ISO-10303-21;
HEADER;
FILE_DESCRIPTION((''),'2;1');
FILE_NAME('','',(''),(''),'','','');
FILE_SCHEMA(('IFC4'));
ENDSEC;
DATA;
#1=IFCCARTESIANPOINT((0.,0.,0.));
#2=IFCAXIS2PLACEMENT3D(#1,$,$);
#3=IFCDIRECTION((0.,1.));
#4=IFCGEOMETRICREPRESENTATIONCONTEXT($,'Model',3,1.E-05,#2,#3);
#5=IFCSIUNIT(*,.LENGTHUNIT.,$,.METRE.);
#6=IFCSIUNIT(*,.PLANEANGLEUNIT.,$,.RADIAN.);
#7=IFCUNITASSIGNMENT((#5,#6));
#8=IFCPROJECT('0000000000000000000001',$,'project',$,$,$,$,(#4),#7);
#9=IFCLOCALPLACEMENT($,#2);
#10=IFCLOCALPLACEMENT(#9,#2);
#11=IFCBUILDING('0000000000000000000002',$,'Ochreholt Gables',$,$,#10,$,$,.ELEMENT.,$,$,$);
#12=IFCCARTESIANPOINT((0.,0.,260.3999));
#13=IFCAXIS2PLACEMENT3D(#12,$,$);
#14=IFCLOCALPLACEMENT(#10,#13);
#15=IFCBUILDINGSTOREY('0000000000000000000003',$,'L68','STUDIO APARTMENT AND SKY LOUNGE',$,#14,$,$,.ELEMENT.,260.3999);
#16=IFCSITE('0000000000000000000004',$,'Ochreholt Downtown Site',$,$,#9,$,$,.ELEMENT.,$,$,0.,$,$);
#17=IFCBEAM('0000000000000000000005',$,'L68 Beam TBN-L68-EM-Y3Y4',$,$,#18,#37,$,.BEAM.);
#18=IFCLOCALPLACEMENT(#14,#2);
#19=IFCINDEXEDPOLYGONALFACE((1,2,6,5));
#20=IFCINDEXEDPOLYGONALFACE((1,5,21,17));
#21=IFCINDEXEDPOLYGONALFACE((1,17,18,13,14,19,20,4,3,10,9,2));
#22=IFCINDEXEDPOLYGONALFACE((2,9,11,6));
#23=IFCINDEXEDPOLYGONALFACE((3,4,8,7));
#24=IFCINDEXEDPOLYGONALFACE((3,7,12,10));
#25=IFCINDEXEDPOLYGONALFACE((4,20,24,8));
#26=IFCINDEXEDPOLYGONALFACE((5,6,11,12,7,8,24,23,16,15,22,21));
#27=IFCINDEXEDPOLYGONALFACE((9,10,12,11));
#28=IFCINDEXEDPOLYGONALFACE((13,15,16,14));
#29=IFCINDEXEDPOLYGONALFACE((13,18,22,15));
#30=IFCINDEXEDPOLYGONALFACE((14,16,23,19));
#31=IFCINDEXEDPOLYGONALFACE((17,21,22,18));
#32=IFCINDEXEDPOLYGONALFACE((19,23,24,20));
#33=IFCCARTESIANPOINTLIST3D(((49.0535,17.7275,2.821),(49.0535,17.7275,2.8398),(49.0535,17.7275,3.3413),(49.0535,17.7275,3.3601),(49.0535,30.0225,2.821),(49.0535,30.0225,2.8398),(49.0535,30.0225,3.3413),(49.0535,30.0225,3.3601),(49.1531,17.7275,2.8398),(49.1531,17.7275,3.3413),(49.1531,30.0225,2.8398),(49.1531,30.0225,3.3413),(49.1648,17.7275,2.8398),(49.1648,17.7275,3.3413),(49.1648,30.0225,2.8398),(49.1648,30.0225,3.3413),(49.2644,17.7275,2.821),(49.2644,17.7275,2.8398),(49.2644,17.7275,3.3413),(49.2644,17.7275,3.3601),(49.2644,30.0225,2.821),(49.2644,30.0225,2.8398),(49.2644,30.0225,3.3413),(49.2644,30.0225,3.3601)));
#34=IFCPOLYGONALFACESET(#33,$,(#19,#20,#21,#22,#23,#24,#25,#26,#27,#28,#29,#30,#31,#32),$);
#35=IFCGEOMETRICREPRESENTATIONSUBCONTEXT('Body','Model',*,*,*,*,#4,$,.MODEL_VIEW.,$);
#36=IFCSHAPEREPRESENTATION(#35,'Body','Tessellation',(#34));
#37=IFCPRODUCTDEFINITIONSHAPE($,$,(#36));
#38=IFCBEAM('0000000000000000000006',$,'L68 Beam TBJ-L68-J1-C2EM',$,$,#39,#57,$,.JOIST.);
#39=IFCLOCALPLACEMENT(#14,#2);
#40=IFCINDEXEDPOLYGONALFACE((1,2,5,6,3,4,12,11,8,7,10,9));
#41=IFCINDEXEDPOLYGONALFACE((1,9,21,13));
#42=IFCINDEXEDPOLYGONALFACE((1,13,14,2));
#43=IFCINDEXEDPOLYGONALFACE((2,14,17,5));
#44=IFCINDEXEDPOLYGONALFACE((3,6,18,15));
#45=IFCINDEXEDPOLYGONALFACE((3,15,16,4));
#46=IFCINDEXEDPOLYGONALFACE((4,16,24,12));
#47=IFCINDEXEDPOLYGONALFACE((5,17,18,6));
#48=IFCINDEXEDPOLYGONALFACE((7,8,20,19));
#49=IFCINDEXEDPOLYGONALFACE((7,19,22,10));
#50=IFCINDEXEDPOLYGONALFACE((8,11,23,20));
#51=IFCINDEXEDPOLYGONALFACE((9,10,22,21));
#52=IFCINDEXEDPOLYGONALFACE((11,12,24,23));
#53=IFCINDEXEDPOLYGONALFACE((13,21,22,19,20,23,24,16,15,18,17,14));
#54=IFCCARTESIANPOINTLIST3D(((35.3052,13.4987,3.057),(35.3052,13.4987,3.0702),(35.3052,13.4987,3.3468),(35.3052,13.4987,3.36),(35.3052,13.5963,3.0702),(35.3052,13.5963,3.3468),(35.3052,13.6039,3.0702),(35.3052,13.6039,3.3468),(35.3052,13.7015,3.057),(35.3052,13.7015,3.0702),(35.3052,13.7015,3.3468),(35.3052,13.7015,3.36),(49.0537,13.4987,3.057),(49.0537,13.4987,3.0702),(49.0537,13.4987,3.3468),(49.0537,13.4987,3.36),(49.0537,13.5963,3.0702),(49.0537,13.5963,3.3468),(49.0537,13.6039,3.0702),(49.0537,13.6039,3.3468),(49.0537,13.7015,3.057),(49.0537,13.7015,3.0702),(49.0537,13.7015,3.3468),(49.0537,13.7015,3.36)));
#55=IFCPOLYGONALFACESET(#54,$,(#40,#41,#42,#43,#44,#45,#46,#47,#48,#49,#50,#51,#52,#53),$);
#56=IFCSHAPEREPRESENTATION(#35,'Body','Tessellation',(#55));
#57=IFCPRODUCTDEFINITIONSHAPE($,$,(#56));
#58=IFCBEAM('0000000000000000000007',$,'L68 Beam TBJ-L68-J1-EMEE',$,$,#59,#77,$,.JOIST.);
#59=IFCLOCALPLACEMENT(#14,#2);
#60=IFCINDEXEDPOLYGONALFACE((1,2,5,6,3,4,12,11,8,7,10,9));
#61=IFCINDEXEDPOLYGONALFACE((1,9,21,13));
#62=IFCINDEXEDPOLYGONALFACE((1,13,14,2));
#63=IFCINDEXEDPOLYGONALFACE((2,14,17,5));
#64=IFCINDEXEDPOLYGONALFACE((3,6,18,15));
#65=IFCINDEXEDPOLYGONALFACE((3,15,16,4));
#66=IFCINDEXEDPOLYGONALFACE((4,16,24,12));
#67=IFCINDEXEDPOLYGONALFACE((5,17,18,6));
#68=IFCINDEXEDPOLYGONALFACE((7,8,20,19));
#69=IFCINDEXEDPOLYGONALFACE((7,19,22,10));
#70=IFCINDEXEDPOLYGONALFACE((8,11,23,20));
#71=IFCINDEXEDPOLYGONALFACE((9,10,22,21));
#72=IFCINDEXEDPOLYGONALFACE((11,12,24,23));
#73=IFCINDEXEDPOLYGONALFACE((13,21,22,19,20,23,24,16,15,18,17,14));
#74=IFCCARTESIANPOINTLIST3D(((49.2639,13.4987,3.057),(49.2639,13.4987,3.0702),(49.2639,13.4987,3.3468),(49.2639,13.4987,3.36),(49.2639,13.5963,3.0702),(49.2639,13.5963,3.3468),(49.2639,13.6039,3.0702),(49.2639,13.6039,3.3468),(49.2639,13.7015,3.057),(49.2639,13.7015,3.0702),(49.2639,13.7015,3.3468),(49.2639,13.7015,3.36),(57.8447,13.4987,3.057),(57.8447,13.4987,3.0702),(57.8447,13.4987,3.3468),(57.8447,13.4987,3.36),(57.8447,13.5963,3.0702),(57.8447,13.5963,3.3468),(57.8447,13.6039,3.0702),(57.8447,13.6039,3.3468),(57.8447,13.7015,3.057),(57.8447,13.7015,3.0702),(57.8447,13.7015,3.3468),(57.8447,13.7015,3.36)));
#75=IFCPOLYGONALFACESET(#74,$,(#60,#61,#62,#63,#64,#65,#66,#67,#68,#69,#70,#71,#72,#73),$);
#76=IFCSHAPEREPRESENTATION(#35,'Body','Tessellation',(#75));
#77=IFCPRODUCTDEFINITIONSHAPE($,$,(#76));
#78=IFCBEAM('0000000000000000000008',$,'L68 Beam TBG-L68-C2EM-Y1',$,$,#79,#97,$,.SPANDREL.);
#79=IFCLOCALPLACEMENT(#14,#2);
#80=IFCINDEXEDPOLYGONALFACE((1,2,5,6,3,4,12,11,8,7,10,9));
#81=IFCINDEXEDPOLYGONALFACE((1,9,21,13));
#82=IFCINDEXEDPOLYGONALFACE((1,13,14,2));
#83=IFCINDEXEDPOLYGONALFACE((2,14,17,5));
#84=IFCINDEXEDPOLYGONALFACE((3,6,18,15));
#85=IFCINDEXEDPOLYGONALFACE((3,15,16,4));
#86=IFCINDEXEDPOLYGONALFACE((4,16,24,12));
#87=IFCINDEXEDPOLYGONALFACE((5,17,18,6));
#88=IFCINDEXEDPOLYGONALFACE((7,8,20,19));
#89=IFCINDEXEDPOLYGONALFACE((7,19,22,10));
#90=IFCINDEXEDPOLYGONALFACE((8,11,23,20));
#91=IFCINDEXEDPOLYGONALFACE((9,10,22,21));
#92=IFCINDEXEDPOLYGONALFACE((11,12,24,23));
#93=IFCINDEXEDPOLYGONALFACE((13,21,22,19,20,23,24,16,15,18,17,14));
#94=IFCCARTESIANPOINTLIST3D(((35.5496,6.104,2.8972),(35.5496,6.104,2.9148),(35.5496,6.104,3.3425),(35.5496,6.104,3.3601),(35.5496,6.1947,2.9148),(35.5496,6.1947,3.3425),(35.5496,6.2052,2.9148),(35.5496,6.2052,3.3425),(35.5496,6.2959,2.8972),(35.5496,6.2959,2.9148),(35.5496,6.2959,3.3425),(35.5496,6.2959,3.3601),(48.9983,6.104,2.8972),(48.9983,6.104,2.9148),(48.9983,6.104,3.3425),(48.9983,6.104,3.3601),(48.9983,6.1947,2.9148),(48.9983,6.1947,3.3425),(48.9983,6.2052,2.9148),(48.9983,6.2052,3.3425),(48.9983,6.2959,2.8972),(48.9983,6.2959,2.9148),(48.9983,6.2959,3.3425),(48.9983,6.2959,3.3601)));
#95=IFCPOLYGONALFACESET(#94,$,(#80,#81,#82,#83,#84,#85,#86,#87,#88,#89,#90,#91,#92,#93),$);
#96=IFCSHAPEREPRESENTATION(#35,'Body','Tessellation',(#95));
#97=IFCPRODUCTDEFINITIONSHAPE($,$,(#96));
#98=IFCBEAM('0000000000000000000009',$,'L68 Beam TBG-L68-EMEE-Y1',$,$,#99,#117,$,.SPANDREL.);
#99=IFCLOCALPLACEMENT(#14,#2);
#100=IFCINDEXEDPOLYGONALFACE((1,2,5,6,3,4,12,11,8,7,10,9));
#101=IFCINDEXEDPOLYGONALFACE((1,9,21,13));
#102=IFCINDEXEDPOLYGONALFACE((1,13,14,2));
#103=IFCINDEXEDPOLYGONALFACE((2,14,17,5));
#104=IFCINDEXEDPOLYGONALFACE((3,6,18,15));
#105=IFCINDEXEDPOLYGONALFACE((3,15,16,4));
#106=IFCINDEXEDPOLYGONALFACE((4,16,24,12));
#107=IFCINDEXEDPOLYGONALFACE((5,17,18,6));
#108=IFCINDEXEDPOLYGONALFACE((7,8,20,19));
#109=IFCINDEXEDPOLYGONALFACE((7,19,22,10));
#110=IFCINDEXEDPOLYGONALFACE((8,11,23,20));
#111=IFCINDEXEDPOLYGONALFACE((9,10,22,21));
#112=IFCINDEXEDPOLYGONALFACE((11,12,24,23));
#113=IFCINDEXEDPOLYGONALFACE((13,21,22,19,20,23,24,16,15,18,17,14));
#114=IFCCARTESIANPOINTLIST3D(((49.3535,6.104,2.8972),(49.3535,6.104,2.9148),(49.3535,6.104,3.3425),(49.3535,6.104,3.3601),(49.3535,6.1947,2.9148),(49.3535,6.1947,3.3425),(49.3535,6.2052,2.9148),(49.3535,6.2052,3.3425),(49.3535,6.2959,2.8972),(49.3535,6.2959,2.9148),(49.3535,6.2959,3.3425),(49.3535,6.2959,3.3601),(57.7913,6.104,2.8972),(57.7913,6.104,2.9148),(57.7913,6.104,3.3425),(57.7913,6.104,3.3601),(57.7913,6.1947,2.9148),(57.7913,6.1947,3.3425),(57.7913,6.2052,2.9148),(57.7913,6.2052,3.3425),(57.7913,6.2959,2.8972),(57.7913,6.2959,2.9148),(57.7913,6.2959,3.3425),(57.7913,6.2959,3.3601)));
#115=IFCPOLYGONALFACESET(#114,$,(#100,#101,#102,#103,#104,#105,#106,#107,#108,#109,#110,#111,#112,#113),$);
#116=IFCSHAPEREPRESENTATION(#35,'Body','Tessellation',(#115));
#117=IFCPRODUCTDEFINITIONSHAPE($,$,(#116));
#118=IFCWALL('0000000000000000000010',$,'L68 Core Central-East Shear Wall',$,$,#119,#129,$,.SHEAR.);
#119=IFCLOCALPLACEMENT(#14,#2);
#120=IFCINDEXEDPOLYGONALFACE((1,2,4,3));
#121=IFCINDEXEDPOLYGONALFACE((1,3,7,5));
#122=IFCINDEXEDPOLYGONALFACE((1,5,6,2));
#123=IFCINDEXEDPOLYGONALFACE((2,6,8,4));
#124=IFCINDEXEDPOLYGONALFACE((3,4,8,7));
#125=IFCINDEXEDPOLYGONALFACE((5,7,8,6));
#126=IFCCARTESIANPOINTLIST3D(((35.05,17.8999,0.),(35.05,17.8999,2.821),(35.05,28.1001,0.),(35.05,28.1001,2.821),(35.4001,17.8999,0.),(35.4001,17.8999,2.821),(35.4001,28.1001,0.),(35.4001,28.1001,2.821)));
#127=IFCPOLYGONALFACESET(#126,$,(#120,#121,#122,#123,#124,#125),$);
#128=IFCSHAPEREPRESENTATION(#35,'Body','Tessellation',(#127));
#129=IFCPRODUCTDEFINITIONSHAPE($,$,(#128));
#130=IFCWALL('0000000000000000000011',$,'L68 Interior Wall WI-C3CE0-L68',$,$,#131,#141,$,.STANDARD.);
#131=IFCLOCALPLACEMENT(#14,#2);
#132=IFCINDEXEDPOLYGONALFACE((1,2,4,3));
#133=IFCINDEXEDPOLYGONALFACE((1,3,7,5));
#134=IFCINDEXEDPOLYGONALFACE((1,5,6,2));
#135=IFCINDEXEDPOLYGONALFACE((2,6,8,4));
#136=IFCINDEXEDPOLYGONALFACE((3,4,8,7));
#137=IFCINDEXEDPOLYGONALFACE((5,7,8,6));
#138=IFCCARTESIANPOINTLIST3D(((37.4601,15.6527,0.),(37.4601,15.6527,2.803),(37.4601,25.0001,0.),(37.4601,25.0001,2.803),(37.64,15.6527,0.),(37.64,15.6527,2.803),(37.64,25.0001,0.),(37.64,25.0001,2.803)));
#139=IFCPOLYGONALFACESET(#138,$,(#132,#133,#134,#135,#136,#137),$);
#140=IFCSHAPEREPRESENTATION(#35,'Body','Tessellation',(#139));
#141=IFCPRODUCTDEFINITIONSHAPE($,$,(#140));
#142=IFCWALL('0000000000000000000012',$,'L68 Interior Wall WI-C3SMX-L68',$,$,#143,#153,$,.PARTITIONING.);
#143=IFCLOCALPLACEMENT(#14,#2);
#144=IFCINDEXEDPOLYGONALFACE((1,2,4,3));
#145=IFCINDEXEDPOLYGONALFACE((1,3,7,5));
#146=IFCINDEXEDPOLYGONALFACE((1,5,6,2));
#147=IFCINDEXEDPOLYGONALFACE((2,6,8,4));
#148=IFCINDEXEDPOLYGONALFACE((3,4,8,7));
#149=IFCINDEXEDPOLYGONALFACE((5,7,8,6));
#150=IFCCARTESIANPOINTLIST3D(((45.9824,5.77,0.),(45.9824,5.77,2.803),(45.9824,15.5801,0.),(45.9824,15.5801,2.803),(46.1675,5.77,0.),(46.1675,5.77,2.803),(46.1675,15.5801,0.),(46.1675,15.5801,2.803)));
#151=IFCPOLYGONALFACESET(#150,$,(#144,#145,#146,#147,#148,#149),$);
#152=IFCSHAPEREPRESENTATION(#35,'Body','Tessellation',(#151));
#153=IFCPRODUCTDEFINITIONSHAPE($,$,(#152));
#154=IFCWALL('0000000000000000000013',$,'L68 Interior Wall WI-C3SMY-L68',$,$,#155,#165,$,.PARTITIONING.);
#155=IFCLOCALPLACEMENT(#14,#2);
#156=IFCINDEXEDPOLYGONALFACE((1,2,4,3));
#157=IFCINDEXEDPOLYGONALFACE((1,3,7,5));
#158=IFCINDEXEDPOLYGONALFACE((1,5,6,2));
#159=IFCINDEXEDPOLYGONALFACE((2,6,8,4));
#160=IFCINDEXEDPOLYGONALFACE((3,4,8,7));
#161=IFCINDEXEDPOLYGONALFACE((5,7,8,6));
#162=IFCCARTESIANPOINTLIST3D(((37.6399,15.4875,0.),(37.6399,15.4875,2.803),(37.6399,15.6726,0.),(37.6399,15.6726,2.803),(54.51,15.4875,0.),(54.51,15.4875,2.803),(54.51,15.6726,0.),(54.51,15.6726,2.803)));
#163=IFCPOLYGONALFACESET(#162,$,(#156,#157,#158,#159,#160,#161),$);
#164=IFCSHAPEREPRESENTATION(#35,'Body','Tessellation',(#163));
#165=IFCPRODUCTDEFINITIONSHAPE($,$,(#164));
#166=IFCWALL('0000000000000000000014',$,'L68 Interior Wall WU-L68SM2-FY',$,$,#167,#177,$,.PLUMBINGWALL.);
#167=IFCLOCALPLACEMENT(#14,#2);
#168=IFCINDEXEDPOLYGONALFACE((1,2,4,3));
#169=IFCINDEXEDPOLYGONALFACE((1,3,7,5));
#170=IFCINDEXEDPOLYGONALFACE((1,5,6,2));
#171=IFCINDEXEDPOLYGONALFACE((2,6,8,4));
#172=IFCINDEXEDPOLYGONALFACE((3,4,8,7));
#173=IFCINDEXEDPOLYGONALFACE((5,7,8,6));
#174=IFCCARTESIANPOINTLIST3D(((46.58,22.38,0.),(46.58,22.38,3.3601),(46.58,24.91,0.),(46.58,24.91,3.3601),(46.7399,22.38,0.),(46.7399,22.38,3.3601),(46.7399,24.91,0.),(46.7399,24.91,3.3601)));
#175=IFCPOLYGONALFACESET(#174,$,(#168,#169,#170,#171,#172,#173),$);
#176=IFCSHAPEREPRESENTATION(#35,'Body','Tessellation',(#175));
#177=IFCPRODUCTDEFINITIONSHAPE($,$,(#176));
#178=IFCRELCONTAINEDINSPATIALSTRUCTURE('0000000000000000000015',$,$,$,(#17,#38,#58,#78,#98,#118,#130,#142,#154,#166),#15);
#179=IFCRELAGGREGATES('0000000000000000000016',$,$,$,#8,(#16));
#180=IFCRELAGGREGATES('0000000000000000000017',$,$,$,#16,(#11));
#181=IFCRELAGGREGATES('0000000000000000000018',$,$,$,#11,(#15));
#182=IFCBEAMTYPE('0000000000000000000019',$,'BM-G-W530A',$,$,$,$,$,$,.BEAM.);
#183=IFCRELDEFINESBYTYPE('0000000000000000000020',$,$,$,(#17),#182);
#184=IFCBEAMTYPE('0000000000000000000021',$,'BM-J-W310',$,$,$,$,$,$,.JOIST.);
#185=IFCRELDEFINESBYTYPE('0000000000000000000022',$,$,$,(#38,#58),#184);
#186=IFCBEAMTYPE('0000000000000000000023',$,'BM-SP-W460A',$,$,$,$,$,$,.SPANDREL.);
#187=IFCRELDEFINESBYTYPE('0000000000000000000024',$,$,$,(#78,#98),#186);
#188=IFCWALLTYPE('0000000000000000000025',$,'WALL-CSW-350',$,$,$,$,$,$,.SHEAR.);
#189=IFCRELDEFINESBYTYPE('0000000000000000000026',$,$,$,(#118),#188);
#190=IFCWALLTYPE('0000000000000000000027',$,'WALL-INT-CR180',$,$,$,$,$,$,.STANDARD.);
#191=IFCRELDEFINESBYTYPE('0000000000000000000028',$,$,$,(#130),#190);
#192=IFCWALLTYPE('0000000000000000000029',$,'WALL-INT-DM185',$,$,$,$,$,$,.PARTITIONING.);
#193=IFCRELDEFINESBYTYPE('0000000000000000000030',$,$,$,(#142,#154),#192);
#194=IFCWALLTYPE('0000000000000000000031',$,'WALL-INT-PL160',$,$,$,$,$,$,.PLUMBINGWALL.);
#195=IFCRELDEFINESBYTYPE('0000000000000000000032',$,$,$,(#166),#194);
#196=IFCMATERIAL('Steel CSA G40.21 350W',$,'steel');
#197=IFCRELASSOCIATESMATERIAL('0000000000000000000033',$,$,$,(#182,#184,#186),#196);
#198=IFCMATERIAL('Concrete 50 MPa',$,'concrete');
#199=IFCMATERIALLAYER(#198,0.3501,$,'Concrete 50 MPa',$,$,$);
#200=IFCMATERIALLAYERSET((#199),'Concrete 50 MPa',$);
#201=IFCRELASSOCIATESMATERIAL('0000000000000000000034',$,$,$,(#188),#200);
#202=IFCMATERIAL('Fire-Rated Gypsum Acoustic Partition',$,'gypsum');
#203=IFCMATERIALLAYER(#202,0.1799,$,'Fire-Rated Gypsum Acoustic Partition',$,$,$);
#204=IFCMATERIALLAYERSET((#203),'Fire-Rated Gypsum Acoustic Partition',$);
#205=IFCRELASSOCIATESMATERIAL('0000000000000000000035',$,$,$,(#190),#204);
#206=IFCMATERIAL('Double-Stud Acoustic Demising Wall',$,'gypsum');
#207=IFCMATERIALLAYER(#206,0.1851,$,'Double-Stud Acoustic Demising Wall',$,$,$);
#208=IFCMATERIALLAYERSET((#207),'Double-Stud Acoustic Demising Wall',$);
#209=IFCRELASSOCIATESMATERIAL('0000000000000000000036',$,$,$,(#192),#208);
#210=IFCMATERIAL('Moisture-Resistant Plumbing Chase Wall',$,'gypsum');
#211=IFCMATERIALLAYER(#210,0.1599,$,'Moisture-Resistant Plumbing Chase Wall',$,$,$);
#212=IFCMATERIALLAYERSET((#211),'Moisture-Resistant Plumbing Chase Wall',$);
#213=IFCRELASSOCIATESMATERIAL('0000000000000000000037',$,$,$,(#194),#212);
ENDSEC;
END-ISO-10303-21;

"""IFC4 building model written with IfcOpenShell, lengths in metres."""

from ifc_helpers import new_model, si_unit, direction, frame, frame_2d, origin, origin_2d, place, context, subcontext, project, spatial, rectangle, i_section, extrude, material, layer, layer_set, material_profile, profile_set, type_object, element, save


model = new_model("IFC4")

# Units and contexts
model_context = context("Model", 3, precision=1e-05, world=origin(), true_north=direction((0.0, 1.0)))
body_context = subcontext(model_context, "Body", "Model", "MODEL_VIEW")
ifc_project = project(units=[si_unit("LENGTHUNIT", "METRE"), si_unit("PLANEANGLEUNIT", "RADIAN")], contexts=[model_context])

# Site, building, storey
site_placement = place(None, origin())
site = spatial("IfcSite", under=ifc_project, at=site_placement, Name="Ochreholt Downtown Site", CompositionType="ELEMENT", RefElevation=0.0)
building_placement = place(site_placement, origin())
building = spatial("IfcBuilding", under=site, at=building_placement, Name="Ochreholt Gables", CompositionType="ELEMENT")
storey_placement = place(building_placement, frame((0.0, 0.0, 260.3999)))
storey = spatial("IfcBuildingStorey", under=building, at=storey_placement, Name="L68", Description="STUDIO APARTMENT AND SKY LOUNGE", CompositionType="ELEMENT", Elevation=260.3999)

# Shared definitions
ifc_material_1 = material(Name="Steel CSA G40.21 350W", Category="steel")

# Beams
ifc_material_profile_1 = material_profile(ifc_material_1, i_section(OverallWidth=0.2109, OverallDepth=0.5391, WebThickness=0.0117, FlangeThickness=0.0188, at=origin_2d()), Name="W530X109")
ifc_profile_set_1 = profile_set([ifc_material_profile_1], Name="Steel CSA G40.21 350W")
beam_type_1 = type_object("IfcBeamType", Name="BM-G-W530A", PredefinedType="BEAM", material=ifc_profile_set_1)
beam_1_placement = place(storey_placement, frame((49.1589, 17.7275, 3.0906), z_axis=(0.0, 1.0, 0.0), x_axis=(-1.0, 0.0, 0.0)))
element("IfcBeam", 1, at=beam_1_placement, inside=storey, type_object=beam_type_1, Name="L68 Beam TBN-L68-EM-Y3Y4", PredefinedType="BEAM", context=body_context, shape_type="SweptSolid", body=[
    extrude(i_section(OverallWidth=0.2109, OverallDepth=0.5391, WebThickness=0.0117, FlangeThickness=0.0188, at=origin_2d()), origin(), (0.0, 0.0, 1.0), 12.2949),
])
ifc_material_profile_2 = material_profile(ifc_material_1, i_section(OverallWidth=0.2029, OverallDepth=0.303, WebThickness=0.0076, FlangeThickness=0.0132, at=origin_2d()), Name="W310X60")
ifc_profile_set_2 = profile_set([ifc_material_profile_2], Name="Steel CSA G40.21 350W")
beam_type_2 = type_object("IfcBeamType", Name="BM-J-W310", PredefinedType="JOIST", material=ifc_profile_set_2)
beam_2_placement = place(storey_placement, frame((35.3052, 13.6001, 3.2085), z_axis=(1.0, 0.0, 0.0), x_axis=(0.0, 1.0, 0.0)))
element("IfcBeam", 2, at=beam_2_placement, inside=storey, type_object=beam_type_2, Name="L68 Beam TBJ-L68-J1-C2EM", PredefinedType="JOIST", context=body_context, shape_type="SweptSolid", body=[
    extrude(i_section(OverallWidth=0.2029, OverallDepth=0.303, WebThickness=0.0076, FlangeThickness=0.0132, at=origin_2d()), origin(), (0.0, 0.0, 1.0), 13.7485),
])
beam_3_placement = place(storey_placement, frame((49.2639, 13.6001, 3.2085), z_axis=(1.0, 0.0, 0.0), x_axis=(0.0, 1.0, 0.0)))
element("IfcBeam", 3, at=beam_3_placement, inside=storey, type_object=beam_type_2, Name="L68 Beam TBJ-L68-J1-EMEE", PredefinedType="JOIST", context=body_context, shape_type="SweptSolid", body=[
    extrude(i_section(OverallWidth=0.2029, OverallDepth=0.303, WebThickness=0.0076, FlangeThickness=0.0132, at=origin_2d()), origin(), (0.0, 0.0, 1.0), 8.5808),
])
ifc_material_profile_3 = material_profile(ifc_material_1, i_section(OverallWidth=0.1919, OverallDepth=0.4629, WebThickness=0.0105, FlangeThickness=0.0176, at=origin_2d()), Name="W460X89")
ifc_profile_set_3 = profile_set([ifc_material_profile_3], Name="Steel CSA G40.21 350W")
beam_type_3 = type_object("IfcBeamType", Name="BM-SP-W460A", PredefinedType="SPANDREL", material=ifc_profile_set_3)
beam_4_placement = place(storey_placement, frame((35.5496, 6.2, 3.1287), z_axis=(1.0, 0.0, 0.0), x_axis=(0.0, 1.0, 0.0)))
element("IfcBeam", 4, at=beam_4_placement, inside=storey, type_object=beam_type_3, Name="L68 Beam TBG-L68-C2EM-Y1", PredefinedType="SPANDREL", context=body_context, shape_type="SweptSolid", body=[
    extrude(i_section(OverallWidth=0.1919, OverallDepth=0.4629, WebThickness=0.0105, FlangeThickness=0.0176, at=origin_2d()), origin(), (0.0, 0.0, 1.0), 13.4487),
])
beam_5_placement = place(storey_placement, frame((49.3535, 6.2, 3.1287), z_axis=(1.0, 0.0, 0.0), x_axis=(0.0, 1.0, 0.0)))
element("IfcBeam", 5, at=beam_5_placement, inside=storey, type_object=beam_type_3, Name="L68 Beam TBG-L68-EMEE-Y1", PredefinedType="SPANDREL", context=body_context, shape_type="SweptSolid", body=[
    extrude(i_section(OverallWidth=0.1919, OverallDepth=0.4629, WebThickness=0.0105, FlangeThickness=0.0176, at=origin_2d()), origin(), (0.0, 0.0, 1.0), 8.4377),
])

# Walls
ifc_material_2 = material(Name="Concrete 50 MPa", Category="concrete")
ifc_layer_1 = layer(ifc_material_2, 0.3501, Name="Concrete 50 MPa")
ifc_layer_set_1 = layer_set([ifc_layer_1], Name="Concrete 50 MPa")
wall_type_1 = type_object("IfcWallType", Name="WALL-CSW-350", PredefinedType="SHEAR", material=ifc_layer_set_1)
wall_1_placement = place(storey_placement, frame((35.2251, 17.8999, 0.0), z_axis=(0.0, 0.0, 1.0), x_axis=(0.0, 1.0, 0.0)))
element("IfcWall", 6, at=wall_1_placement, inside=storey, type_object=wall_type_1, Name="L68 Core Central-East Shear Wall", PredefinedType="SHEAR", context=body_context, shape_type="SweptSolid", body=[
    extrude(rectangle(XDim=10.2002, YDim=0.3501, at=frame_2d((5.1001, 0.0))), origin(), (0.0, 0.0, 1.0), 2.821),
])
ifc_material_3 = material(Name="Fire-Rated Gypsum Acoustic Partition", Category="gypsum")
ifc_layer_2 = layer(ifc_material_3, 0.1799, Name="Fire-Rated Gypsum Acoustic Partition")
ifc_layer_set_2 = layer_set([ifc_layer_2], Name="Fire-Rated Gypsum Acoustic Partition")
wall_type_2 = type_object("IfcWallType", Name="WALL-INT-CR180", PredefinedType="STANDARD", material=ifc_layer_set_2)
wall_2_placement = place(storey_placement, frame((37.55, 15.6526, 0.0), z_axis=(0.0, 0.0, 1.0), x_axis=(0.0, 1.0, 0.0)))
element("IfcWall", 7, at=wall_2_placement, inside=storey, type_object=wall_type_2, Name="L68 Interior Wall WI-C3CE0-L68", PredefinedType="STANDARD", context=body_context, shape_type="SweptSolid", body=[
    extrude(rectangle(XDim=9.3474, YDim=0.1799, at=frame_2d((4.6738, 0.0))), origin(), (0.0, 0.0, 1.0), 2.803),
])
ifc_material_4 = material(Name="Double-Stud Acoustic Demising Wall", Category="gypsum")
ifc_layer_3 = layer(ifc_material_4, 0.1851, Name="Double-Stud Acoustic Demising Wall")
ifc_layer_set_3 = layer_set([ifc_layer_3], Name="Double-Stud Acoustic Demising Wall")
wall_type_3 = type_object("IfcWallType", Name="WALL-INT-DM185", PredefinedType="PARTITIONING", material=ifc_layer_set_3)
wall_3_placement = place(storey_placement, frame((46.075, 5.77, 0.0), z_axis=(0.0, 0.0, 1.0), x_axis=(0.0, 1.0, 0.0)))
element("IfcWall", 8, at=wall_3_placement, inside=storey, type_object=wall_type_3, Name="L68 Interior Wall WI-C3SMX-L68", PredefinedType="PARTITIONING", context=body_context, shape_type="SweptSolid", body=[
    extrude(rectangle(XDim=9.8101, YDim=0.1851, at=frame_2d((4.905, 0.0))), origin(), (0.0, 0.0, 1.0), 2.803),
])
wall_4_placement = place(storey_placement, frame((37.6399, 15.5801, 0.0), z_axis=(0.0, 0.0, 1.0), x_axis=(1.0, 0.0, 0.0)))
element("IfcWall", 9, at=wall_4_placement, inside=storey, type_object=wall_type_3, Name="L68 Interior Wall WI-C3SMY-L68", PredefinedType="PARTITIONING", context=body_context, shape_type="SweptSolid", body=[
    extrude(rectangle(XDim=16.8701, YDim=0.1851, at=frame_2d((8.4351, 0.0))), origin(), (0.0, 0.0, 1.0), 2.803),
])
ifc_material_5 = material(Name="Moisture-Resistant Plumbing Chase Wall", Category="gypsum")
ifc_layer_4 = layer(ifc_material_5, 0.1599, Name="Moisture-Resistant Plumbing Chase Wall")
ifc_layer_set_4 = layer_set([ifc_layer_4], Name="Moisture-Resistant Plumbing Chase Wall")
wall_type_4 = type_object("IfcWallType", Name="WALL-INT-PL160", PredefinedType="PLUMBINGWALL", material=ifc_layer_set_4)
wall_5_placement = place(storey_placement, frame((46.6599, 22.3799, 0.0), z_axis=(0.0, 0.0, 1.0), x_axis=(0.0, 1.0, 0.0)))
element("IfcWall", 10, at=wall_5_placement, inside=storey, type_object=wall_type_4, Name="L68 Interior Wall WU-L68SM2-FY", PredefinedType="PLUMBINGWALL", context=body_context, shape_type="SweptSolid", body=[
    extrude(rectangle(XDim=2.53, YDim=0.1599, at=frame_2d((1.2651, 0.0))), origin(), (0.0, 0.0, 1.0), 3.3601),
])

save(model, "model.ifc")
